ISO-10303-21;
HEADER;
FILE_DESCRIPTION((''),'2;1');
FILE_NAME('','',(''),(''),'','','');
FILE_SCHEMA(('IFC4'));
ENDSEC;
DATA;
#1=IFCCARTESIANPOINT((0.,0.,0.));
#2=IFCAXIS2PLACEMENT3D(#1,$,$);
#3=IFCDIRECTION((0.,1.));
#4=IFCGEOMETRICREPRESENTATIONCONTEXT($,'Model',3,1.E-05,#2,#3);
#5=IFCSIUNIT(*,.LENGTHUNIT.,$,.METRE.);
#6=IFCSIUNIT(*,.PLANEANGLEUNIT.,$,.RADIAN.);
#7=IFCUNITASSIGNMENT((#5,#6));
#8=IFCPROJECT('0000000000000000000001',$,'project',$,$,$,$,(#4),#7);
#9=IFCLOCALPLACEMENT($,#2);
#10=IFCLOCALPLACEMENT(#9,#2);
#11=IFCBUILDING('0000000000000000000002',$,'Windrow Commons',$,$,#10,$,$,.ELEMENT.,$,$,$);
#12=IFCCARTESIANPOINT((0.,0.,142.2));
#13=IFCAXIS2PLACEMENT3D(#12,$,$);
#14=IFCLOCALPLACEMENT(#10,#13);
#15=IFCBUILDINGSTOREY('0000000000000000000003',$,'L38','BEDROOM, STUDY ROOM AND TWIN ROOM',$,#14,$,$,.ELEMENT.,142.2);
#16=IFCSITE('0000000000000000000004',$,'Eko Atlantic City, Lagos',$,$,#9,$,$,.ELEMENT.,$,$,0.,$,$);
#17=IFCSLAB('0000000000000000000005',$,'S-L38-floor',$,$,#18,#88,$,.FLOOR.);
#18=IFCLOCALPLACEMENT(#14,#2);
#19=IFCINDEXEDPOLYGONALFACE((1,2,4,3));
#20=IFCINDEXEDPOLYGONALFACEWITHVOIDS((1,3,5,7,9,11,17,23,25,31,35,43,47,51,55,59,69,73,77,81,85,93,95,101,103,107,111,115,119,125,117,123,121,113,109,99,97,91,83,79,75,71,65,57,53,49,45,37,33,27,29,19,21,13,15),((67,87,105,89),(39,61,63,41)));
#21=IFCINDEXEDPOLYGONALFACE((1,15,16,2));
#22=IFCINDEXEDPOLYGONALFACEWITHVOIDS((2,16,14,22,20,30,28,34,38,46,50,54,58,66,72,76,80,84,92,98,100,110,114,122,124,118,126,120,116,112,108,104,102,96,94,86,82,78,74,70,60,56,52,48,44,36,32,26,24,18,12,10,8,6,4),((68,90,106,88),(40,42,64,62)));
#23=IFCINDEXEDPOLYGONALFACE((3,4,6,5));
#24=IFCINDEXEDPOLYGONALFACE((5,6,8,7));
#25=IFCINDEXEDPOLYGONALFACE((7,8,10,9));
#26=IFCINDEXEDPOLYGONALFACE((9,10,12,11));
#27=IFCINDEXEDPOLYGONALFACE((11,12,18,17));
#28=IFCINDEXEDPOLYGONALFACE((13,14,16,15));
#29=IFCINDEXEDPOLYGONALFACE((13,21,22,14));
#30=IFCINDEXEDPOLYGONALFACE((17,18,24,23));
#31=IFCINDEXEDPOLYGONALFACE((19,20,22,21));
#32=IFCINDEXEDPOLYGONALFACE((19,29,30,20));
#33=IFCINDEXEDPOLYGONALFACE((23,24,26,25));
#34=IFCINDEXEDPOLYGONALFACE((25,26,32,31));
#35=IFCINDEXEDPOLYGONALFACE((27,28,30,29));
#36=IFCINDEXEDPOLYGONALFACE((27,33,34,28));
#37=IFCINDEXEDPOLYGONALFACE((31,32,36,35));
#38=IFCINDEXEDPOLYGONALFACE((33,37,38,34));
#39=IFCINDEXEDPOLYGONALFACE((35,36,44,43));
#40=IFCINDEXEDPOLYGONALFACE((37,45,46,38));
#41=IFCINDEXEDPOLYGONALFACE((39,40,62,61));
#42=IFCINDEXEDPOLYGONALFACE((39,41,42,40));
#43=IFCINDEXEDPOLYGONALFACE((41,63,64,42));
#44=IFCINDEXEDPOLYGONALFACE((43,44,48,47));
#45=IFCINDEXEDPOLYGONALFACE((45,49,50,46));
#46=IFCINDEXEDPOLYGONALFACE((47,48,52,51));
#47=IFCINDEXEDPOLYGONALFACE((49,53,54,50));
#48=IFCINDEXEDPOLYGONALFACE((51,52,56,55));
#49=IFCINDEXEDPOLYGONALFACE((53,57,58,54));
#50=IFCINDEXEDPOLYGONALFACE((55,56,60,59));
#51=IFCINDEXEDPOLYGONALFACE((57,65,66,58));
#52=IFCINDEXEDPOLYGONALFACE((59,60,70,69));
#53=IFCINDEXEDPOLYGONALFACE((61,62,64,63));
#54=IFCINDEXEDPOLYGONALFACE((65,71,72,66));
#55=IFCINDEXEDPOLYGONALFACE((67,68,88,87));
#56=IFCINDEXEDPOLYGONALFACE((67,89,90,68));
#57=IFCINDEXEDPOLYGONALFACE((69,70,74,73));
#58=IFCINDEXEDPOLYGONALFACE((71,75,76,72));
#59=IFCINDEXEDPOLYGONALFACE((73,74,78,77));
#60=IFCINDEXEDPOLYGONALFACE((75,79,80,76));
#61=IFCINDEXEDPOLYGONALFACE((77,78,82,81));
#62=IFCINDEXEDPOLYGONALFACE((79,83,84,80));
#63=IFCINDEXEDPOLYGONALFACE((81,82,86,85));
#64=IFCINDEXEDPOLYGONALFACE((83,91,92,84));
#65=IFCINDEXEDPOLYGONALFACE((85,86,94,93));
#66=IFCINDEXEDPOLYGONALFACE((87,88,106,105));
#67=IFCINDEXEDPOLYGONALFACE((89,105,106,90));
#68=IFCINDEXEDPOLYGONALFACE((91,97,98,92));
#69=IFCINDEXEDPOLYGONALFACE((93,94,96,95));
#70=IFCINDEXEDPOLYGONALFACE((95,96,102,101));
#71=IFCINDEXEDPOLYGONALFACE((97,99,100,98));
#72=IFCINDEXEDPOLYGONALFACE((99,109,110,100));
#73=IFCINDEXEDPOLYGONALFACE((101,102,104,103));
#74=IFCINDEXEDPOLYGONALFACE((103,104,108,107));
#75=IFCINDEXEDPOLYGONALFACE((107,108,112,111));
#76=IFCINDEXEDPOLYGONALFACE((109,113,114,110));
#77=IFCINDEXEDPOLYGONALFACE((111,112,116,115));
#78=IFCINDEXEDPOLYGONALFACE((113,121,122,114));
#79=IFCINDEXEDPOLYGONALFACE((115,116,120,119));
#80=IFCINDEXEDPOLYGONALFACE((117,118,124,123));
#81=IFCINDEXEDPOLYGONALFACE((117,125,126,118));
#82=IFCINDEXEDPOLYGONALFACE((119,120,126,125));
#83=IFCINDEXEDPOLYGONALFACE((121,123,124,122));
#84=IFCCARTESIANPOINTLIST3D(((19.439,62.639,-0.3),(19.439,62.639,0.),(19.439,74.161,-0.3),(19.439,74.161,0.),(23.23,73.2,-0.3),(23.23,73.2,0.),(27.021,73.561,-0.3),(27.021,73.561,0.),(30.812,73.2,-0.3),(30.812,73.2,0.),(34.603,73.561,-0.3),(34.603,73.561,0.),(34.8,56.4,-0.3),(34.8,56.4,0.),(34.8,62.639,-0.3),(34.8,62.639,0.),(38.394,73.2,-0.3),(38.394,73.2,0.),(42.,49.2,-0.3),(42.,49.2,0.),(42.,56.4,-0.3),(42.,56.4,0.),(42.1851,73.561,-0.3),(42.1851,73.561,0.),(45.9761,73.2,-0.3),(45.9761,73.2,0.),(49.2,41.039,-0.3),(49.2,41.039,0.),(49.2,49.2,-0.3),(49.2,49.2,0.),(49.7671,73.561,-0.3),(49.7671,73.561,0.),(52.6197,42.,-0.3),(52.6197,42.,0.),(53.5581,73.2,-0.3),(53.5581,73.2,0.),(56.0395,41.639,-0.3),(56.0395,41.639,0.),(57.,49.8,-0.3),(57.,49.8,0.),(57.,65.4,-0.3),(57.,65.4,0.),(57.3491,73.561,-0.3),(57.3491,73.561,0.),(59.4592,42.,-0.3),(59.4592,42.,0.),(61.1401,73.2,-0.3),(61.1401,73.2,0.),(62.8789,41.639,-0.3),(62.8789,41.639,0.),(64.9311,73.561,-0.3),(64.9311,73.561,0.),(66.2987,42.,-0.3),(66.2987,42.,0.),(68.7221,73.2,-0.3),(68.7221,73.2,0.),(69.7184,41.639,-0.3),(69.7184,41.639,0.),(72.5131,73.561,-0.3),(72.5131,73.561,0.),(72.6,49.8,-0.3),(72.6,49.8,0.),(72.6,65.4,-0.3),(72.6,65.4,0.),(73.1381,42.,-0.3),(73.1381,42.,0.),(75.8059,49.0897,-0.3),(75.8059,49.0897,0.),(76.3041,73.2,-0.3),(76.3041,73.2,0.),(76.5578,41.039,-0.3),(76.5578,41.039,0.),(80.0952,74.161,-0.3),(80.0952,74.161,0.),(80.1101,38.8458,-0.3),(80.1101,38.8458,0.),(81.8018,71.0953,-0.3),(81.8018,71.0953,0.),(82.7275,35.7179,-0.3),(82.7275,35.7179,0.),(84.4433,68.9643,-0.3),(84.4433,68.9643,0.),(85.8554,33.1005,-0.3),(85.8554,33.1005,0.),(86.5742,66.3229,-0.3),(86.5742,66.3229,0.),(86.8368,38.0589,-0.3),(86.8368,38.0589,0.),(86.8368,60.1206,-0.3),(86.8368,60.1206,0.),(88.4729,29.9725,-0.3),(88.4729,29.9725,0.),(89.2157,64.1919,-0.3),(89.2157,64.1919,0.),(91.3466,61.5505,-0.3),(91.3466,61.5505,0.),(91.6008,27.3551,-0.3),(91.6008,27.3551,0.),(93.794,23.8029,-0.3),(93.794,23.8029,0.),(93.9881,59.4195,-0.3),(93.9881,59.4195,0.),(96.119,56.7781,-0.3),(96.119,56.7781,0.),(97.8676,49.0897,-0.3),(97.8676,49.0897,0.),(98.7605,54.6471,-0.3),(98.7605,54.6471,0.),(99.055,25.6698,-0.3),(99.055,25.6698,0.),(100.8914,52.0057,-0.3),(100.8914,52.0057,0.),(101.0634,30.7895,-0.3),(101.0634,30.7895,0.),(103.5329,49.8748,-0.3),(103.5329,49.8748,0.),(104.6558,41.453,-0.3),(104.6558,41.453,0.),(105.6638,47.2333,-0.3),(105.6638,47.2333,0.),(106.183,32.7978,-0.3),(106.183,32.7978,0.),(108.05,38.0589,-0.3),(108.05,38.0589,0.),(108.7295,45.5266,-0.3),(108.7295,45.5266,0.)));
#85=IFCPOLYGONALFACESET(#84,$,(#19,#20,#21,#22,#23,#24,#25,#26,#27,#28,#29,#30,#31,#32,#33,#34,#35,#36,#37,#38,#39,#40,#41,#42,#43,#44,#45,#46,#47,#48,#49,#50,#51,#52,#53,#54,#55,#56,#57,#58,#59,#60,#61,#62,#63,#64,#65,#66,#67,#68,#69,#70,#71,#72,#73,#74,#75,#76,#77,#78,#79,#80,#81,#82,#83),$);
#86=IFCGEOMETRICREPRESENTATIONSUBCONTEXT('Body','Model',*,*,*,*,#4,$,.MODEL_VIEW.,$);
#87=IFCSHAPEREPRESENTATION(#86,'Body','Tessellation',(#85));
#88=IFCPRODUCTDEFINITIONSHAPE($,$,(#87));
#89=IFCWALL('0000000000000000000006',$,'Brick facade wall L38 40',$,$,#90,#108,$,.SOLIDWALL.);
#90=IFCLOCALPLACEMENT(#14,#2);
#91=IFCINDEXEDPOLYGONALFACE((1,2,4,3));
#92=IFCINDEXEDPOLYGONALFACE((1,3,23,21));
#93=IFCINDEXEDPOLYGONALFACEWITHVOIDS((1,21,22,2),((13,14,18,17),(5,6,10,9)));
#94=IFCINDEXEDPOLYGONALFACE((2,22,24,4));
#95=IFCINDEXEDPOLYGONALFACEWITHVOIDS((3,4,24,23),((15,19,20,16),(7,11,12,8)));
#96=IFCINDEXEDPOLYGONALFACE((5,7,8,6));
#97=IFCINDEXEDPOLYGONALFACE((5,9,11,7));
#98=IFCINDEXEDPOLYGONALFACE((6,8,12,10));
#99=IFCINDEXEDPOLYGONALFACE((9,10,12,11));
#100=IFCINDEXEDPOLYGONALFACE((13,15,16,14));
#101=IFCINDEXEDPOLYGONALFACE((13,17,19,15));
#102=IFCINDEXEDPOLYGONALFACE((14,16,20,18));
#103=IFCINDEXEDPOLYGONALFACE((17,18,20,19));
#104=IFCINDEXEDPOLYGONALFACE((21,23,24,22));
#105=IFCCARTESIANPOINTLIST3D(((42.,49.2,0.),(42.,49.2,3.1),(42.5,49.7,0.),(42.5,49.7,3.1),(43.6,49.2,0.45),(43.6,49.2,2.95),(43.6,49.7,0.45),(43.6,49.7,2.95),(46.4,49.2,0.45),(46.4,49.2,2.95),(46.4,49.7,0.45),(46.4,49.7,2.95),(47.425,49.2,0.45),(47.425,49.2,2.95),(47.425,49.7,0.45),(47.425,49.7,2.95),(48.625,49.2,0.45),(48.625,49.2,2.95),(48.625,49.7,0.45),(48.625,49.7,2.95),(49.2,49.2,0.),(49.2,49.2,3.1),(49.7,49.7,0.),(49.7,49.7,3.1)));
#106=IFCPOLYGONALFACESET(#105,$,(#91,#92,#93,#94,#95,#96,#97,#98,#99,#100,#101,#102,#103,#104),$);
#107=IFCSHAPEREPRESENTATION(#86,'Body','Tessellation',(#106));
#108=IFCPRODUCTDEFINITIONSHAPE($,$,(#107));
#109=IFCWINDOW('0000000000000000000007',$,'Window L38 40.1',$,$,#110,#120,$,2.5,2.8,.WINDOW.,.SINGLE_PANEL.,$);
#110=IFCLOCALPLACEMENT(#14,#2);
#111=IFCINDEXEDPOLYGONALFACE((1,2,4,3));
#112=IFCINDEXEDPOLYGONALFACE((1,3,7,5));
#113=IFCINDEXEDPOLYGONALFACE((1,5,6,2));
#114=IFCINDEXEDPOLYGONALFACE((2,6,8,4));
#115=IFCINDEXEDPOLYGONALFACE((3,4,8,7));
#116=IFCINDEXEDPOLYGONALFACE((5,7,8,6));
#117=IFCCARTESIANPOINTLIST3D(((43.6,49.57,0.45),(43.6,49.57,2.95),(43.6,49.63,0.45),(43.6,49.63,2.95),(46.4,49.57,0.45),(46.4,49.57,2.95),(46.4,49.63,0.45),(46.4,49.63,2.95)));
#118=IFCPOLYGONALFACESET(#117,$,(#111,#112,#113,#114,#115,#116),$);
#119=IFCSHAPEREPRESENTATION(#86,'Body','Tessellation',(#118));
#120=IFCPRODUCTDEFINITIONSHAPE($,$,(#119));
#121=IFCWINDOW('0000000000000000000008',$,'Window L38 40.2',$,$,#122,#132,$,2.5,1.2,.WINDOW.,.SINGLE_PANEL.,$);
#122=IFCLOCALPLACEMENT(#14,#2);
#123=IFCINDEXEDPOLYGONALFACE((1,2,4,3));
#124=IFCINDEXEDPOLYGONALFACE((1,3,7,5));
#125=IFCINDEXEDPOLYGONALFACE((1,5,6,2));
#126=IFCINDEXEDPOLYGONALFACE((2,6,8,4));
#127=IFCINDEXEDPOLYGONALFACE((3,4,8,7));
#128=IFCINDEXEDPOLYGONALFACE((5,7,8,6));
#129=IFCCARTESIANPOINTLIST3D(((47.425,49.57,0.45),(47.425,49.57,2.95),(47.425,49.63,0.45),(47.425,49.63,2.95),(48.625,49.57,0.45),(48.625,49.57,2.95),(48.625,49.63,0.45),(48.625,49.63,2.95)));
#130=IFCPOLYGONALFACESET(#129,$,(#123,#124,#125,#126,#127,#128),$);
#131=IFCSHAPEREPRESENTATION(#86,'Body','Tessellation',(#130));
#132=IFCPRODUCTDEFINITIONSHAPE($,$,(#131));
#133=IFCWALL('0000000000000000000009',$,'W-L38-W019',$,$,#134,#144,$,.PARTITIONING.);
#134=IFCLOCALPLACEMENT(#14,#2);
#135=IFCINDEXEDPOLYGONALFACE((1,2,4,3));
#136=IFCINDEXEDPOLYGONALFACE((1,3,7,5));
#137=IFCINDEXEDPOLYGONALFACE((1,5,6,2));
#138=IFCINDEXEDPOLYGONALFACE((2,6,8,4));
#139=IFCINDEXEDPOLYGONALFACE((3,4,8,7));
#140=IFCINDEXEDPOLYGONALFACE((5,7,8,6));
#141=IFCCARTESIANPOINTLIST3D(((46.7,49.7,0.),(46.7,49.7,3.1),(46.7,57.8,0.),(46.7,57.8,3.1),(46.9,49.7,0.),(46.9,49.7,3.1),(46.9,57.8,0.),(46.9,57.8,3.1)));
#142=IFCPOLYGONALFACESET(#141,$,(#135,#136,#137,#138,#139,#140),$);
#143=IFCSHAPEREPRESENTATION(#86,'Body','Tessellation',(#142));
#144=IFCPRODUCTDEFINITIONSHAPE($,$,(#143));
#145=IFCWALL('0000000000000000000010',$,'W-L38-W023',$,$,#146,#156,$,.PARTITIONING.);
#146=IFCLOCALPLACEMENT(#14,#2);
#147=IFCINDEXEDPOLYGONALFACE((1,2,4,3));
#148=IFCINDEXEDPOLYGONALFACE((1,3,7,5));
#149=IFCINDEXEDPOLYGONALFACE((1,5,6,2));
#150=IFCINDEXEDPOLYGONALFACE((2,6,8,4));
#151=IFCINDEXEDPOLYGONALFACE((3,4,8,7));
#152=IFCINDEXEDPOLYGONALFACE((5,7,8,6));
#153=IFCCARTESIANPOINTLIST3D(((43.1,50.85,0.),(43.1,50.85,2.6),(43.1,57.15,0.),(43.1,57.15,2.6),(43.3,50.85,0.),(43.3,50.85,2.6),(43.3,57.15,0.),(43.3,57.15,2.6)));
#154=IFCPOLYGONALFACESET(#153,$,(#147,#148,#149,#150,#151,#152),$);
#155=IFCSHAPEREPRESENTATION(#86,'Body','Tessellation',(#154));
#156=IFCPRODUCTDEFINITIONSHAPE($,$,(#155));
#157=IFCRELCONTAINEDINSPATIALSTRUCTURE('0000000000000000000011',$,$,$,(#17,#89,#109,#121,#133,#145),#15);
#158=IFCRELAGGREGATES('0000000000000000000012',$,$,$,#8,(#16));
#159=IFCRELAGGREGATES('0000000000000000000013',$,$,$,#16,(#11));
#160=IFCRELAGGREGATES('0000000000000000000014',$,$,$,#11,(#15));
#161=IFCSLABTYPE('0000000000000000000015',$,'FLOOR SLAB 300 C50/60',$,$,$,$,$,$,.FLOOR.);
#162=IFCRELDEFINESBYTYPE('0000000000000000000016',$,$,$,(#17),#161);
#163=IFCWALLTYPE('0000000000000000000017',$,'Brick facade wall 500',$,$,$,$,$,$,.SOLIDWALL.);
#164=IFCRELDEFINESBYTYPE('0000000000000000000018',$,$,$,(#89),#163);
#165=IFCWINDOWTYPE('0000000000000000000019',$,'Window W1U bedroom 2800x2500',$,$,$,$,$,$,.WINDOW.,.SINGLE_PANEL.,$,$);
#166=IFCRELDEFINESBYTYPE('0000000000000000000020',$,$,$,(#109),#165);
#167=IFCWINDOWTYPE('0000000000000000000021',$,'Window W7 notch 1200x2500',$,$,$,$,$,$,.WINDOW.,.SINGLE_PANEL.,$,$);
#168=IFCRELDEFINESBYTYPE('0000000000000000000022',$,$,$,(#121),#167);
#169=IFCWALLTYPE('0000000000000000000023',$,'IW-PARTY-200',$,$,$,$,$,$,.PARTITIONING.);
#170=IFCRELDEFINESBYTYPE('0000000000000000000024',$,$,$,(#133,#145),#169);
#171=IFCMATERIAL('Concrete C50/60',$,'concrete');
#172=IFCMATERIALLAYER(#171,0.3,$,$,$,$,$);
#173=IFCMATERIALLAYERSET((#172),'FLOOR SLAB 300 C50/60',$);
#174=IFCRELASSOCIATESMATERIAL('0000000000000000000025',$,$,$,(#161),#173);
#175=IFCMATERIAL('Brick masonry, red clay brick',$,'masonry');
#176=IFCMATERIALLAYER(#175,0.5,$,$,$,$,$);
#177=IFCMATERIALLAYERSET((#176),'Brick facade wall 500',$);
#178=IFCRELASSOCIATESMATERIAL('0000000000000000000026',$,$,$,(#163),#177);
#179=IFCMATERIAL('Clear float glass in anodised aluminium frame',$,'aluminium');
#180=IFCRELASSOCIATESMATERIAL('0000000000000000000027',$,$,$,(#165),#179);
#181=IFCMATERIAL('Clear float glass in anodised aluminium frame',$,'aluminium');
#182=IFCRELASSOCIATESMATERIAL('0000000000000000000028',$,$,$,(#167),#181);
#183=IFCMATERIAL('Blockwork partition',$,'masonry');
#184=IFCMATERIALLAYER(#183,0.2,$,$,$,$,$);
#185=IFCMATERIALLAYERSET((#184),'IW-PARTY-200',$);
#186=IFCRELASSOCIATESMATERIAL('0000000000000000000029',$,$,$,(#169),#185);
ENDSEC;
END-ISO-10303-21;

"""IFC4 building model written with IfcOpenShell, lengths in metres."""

from ifc_helpers import new_model, si_unit, direction, frame, frame_2d, origin, place, context, subcontext, project, spatial, polyline, rectangle, outline, extrude, material, layer, layer_set, type_object, element, fill, save


model = new_model("IFC4")

# Units and contexts
model_context = context("Model", 3, precision=1e-05, world=origin(), true_north=direction((0.0, 1.0)))
body_context = subcontext(model_context, "Body", "Model", "MODEL_VIEW")
ifc_project = project(units=[si_unit("LENGTHUNIT", "METRE"), si_unit("PLANEANGLEUNIT", "RADIAN")], contexts=[model_context])

# Site, building, storey
site_placement = place(None, origin())
site = spatial("IfcSite", under=ifc_project, at=site_placement, Name="Eko Atlantic City, Lagos", CompositionType="ELEMENT", RefElevation=0.0)
building_placement = place(site_placement, origin())
building = spatial("IfcBuilding", under=site, at=building_placement, Name="Windrow Commons", CompositionType="ELEMENT")
storey_placement = place(building_placement, frame((0.0, 0.0, 142.2)))
storey = spatial("IfcBuildingStorey", under=building, at=storey_placement, Name="L38", Description="BEDROOM, STUDY ROOM AND TWIN ROOM", CompositionType="ELEMENT", Elevation=142.2)

# Shared definitions
placement_1 = place(storey_placement, frame((0.0, 0.0, -0.3)))

# Slab, openings
ifc_material_1 = material(Name="Concrete C50/60", Category="concrete")
ifc_layer_1 = layer(ifc_material_1, 0.3)
ifc_layer_set_1 = layer_set([ifc_layer_1], Name="FLOOR SLAB 300 C50/60")
slab_type_1 = type_object("IfcSlabType", Name="FLOOR SLAB 300 C50/60", PredefinedType="FLOOR", material=ifc_layer_set_1)
slab_1 = element("IfcSlab", 1, at=placement_1, inside=storey, type_object=slab_type_1, Name="S-L38-floor", PredefinedType="FLOOR", context=body_context, shape_type="SweptSolid", body=[
    extrude(outline(polyline([(91.6008, 27.3551), (93.794, 23.8029), (99.055, 25.6698), (101.0634, 30.7895), (106.183, 32.7978), (108.05, 38.0589), (104.6558, 41.453), (108.7295, 45.5266), (105.6638, 47.2333), (103.5329, 49.8748), (100.8914, 52.0057), (98.7605, 54.6471), (96.119, 56.7781), (93.9881, 59.4195), (91.3466, 61.5505), (89.2157, 64.1919), (86.5742, 66.3229), (84.4433, 68.9643), (81.8018, 71.0953), (80.0952, 74.161), (76.3041, 73.2), (72.5131, 73.561), (68.7221, 73.2), (64.9311, 73.561), (61.1401, 73.2), (57.3491, 73.561), (53.5581, 73.2), (49.7671, 73.561), (45.9761, 73.2), (42.1851, 73.561), (38.394, 73.2), (34.603, 73.561), (30.812, 73.2), (27.021, 73.561), (23.23, 73.2), (19.439, 74.161), (19.439, 62.639), (34.8, 62.639), (34.8, 56.4), (42.0, 56.4), (42.0, 49.2), (49.2, 49.2), (49.2, 41.039), (52.6197, 42.0), (56.0395, 41.639), (59.4592, 42.0), (62.8789, 41.639), (66.2987, 42.0), (69.7184, 41.639), (73.1381, 42.0), (76.5578, 41.039), (80.1101, 38.8458), (82.7275, 35.7179), (85.8554, 33.1005), (88.4729, 29.9725), (91.6008, 27.3551)]), holes=[polyline([(75.8059, 49.0897), (86.8368, 60.1206), (97.8676, 49.0897), (86.8368, 38.0589), (75.8059, 49.0897)]), polyline([(57.0, 49.8), (57.0, 65.4), (72.6, 65.4), (72.6, 49.8), (57.0, 49.8)])]), origin(), (0.0, 0.0, 1.0), 0.3),
])
opening_1_placement = place(placement_1, origin())
element("IfcOpeningElement", 2, at=opening_1_placement, cuts=slab_1, PredefinedType="OPENING", context=body_context, shape_type="SweptSolid", body=[
    extrude(outline(polyline([(75.813, 49.0897), (86.8368, 60.1135), (97.8605, 49.0897), (86.8368, 38.066), (75.813, 49.0897)])), origin(), (0.0, 0.0, 1.0), 0.3),
])
opening_2_placement = place(placement_1, origin())
element("IfcOpeningElement", 3, at=opening_2_placement, cuts=slab_1, PredefinedType="OPENING", context=body_context, shape_type="SweptSolid", body=[
    extrude(outline(polyline([(57.005, 49.805), (57.005, 65.395), (72.595, 65.395), (72.595, 49.805), (57.005, 49.805)])), origin(), (0.0, 0.0, 1.0), 0.3),
])

# Wall, openings, windows
ifc_material_2 = material(Name="Brick masonry, red clay brick", Category="masonry")
ifc_layer_2 = layer(ifc_material_2, 0.5)
ifc_layer_set_2 = layer_set([ifc_layer_2], Name="Brick facade wall 500")
wall_type_1 = type_object("IfcWallType", Name="Brick facade wall 500", PredefinedType="SOLIDWALL", material=ifc_layer_set_2)
wall_1_placement = place(storey_placement, frame((42.25, 49.45, 0.0), z_axis=(0.0, 0.0, 1.0), x_axis=(1.0, 0.0, 0.0)))
wall_1 = element("IfcWall", 4, at=wall_1_placement, inside=storey, type_object=wall_type_1, Name="Brick facade wall L38 40", PredefinedType="SOLIDWALL", context=body_context, shape_type="SweptSolid", body=[
    extrude(outline(polyline([(-0.25, -0.25), (6.95, -0.25), (7.45, 0.25), (0.25, 0.25), (-0.25, -0.25)])), origin(), (0.0, 0.0, 1.0), 3.1),
])
opening_3_placement = place(wall_1_placement, frame((1.35, 0.0, 0.45)))
opening_3 = element("IfcOpeningElement", 5, at=opening_3_placement, cuts=wall_1, PredefinedType="OPENING", context=body_context, shape_type="SweptSolid", body=[
    extrude(rectangle(XDim=2.8, YDim=2.5, at=frame_2d((1.4, 1.25))), frame((0.0, 0.26, 0.0), z_axis=(0.0, -1.0, 0.0), x_axis=(1.0, 0.0, 0.0)), (0.0, 0.0, 1.0), 0.52),
])
opening_4_placement = place(wall_1_placement, frame((5.175, 0.0, 0.45)))
opening_4 = element("IfcOpeningElement", 6, at=opening_4_placement, cuts=wall_1, PredefinedType="OPENING", context=body_context, shape_type="SweptSolid", body=[
    extrude(rectangle(XDim=1.2, YDim=2.5, at=frame_2d((0.6, 1.25))), frame((0.0, 0.26, 0.0), z_axis=(0.0, -1.0, 0.0), x_axis=(1.0, 0.0, 0.0)), (0.0, 0.0, 1.0), 0.52),
])
ifc_material_3 = material(Name="Clear float glass in anodised aluminium frame", Category="aluminium")
window_type_1 = type_object("IfcWindowType", Name="Window W1U bedroom 2800x2500", PartitioningType="SINGLE_PANEL", PredefinedType="WINDOW", material=ifc_material_3)
window_1_placement = place(opening_3_placement, origin())
window_1 = element("IfcWindow", 7, at=window_1_placement, inside=storey, type_object=window_type_1, Name="Window L38 40.1", OverallHeight=2.5, OverallWidth=2.8, PartitioningType="SINGLE_PANEL", PredefinedType="WINDOW", context=body_context, shape_type="SweptSolid", body=[
    extrude(rectangle(XDim=2.8, YDim=2.5, at=frame_2d((1.4, 1.25))), frame((0.0, 0.18, 0.0), z_axis=(0.0, -1.0, 0.0), x_axis=(1.0, 0.0, 0.0)), (0.0, 0.0, 1.0), 0.06),
])
fill(opening_3, window_1)
ifc_material_4 = material(Name="Clear float glass in anodised aluminium frame", Category="aluminium")
window_type_2 = type_object("IfcWindowType", Name="Window W7 notch 1200x2500", PartitioningType="SINGLE_PANEL", PredefinedType="WINDOW", material=ifc_material_4)
window_2_placement = place(opening_4_placement, origin())
window_2 = element("IfcWindow", 8, at=window_2_placement, inside=storey, type_object=window_type_2, Name="Window L38 40.2", OverallHeight=2.5, OverallWidth=1.2, PartitioningType="SINGLE_PANEL", PredefinedType="WINDOW", context=body_context, shape_type="SweptSolid", body=[
    extrude(rectangle(XDim=1.2, YDim=2.5, at=frame_2d((0.6, 1.25))), frame((0.0, 0.18, 0.0), z_axis=(0.0, -1.0, 0.0), x_axis=(1.0, 0.0, 0.0)), (0.0, 0.0, 1.0), 0.06),
])
fill(opening_4, window_2)

# Walls
ifc_material_5 = material(Name="Blockwork partition", Category="masonry")
ifc_layer_3 = layer(ifc_material_5, 0.2)
ifc_layer_set_3 = layer_set([ifc_layer_3], Name="IW-PARTY-200")
wall_type_2 = type_object("IfcWallType", Name="IW-PARTY-200", PredefinedType="PARTITIONING", material=ifc_layer_set_3)
wall_2_placement = place(storey_placement, frame((46.8, 49.7, 0.0), z_axis=(0.0, 0.0, 1.0), x_axis=(0.0, 1.0, 0.0)))
element("IfcWall", 9, at=wall_2_placement, inside=storey, type_object=wall_type_2, Name="W-L38-W019", PredefinedType="PARTITIONING", context=body_context, shape_type="SweptSolid", body=[
    extrude(rectangle(XDim=8.1, YDim=0.2, at=frame_2d((4.05, 0.0))), origin(), (0.0, 0.0, 1.0), 3.1),
])
wall_3_placement = place(storey_placement, frame((43.2, 50.85, 0.0), z_axis=(0.0, 0.0, 1.0), x_axis=(0.0, 1.0, 0.0)))
element("IfcWall", 10, at=wall_3_placement, inside=storey, type_object=wall_type_2, Name="W-L38-W023", PredefinedType="PARTITIONING", context=body_context, shape_type="SweptSolid", body=[
    extrude(rectangle(XDim=6.3, YDim=0.2, at=frame_2d((3.15, 0.0))), origin(), (0.0, 0.0, 1.0), 2.6),
])

save(model, "model.ifc")
